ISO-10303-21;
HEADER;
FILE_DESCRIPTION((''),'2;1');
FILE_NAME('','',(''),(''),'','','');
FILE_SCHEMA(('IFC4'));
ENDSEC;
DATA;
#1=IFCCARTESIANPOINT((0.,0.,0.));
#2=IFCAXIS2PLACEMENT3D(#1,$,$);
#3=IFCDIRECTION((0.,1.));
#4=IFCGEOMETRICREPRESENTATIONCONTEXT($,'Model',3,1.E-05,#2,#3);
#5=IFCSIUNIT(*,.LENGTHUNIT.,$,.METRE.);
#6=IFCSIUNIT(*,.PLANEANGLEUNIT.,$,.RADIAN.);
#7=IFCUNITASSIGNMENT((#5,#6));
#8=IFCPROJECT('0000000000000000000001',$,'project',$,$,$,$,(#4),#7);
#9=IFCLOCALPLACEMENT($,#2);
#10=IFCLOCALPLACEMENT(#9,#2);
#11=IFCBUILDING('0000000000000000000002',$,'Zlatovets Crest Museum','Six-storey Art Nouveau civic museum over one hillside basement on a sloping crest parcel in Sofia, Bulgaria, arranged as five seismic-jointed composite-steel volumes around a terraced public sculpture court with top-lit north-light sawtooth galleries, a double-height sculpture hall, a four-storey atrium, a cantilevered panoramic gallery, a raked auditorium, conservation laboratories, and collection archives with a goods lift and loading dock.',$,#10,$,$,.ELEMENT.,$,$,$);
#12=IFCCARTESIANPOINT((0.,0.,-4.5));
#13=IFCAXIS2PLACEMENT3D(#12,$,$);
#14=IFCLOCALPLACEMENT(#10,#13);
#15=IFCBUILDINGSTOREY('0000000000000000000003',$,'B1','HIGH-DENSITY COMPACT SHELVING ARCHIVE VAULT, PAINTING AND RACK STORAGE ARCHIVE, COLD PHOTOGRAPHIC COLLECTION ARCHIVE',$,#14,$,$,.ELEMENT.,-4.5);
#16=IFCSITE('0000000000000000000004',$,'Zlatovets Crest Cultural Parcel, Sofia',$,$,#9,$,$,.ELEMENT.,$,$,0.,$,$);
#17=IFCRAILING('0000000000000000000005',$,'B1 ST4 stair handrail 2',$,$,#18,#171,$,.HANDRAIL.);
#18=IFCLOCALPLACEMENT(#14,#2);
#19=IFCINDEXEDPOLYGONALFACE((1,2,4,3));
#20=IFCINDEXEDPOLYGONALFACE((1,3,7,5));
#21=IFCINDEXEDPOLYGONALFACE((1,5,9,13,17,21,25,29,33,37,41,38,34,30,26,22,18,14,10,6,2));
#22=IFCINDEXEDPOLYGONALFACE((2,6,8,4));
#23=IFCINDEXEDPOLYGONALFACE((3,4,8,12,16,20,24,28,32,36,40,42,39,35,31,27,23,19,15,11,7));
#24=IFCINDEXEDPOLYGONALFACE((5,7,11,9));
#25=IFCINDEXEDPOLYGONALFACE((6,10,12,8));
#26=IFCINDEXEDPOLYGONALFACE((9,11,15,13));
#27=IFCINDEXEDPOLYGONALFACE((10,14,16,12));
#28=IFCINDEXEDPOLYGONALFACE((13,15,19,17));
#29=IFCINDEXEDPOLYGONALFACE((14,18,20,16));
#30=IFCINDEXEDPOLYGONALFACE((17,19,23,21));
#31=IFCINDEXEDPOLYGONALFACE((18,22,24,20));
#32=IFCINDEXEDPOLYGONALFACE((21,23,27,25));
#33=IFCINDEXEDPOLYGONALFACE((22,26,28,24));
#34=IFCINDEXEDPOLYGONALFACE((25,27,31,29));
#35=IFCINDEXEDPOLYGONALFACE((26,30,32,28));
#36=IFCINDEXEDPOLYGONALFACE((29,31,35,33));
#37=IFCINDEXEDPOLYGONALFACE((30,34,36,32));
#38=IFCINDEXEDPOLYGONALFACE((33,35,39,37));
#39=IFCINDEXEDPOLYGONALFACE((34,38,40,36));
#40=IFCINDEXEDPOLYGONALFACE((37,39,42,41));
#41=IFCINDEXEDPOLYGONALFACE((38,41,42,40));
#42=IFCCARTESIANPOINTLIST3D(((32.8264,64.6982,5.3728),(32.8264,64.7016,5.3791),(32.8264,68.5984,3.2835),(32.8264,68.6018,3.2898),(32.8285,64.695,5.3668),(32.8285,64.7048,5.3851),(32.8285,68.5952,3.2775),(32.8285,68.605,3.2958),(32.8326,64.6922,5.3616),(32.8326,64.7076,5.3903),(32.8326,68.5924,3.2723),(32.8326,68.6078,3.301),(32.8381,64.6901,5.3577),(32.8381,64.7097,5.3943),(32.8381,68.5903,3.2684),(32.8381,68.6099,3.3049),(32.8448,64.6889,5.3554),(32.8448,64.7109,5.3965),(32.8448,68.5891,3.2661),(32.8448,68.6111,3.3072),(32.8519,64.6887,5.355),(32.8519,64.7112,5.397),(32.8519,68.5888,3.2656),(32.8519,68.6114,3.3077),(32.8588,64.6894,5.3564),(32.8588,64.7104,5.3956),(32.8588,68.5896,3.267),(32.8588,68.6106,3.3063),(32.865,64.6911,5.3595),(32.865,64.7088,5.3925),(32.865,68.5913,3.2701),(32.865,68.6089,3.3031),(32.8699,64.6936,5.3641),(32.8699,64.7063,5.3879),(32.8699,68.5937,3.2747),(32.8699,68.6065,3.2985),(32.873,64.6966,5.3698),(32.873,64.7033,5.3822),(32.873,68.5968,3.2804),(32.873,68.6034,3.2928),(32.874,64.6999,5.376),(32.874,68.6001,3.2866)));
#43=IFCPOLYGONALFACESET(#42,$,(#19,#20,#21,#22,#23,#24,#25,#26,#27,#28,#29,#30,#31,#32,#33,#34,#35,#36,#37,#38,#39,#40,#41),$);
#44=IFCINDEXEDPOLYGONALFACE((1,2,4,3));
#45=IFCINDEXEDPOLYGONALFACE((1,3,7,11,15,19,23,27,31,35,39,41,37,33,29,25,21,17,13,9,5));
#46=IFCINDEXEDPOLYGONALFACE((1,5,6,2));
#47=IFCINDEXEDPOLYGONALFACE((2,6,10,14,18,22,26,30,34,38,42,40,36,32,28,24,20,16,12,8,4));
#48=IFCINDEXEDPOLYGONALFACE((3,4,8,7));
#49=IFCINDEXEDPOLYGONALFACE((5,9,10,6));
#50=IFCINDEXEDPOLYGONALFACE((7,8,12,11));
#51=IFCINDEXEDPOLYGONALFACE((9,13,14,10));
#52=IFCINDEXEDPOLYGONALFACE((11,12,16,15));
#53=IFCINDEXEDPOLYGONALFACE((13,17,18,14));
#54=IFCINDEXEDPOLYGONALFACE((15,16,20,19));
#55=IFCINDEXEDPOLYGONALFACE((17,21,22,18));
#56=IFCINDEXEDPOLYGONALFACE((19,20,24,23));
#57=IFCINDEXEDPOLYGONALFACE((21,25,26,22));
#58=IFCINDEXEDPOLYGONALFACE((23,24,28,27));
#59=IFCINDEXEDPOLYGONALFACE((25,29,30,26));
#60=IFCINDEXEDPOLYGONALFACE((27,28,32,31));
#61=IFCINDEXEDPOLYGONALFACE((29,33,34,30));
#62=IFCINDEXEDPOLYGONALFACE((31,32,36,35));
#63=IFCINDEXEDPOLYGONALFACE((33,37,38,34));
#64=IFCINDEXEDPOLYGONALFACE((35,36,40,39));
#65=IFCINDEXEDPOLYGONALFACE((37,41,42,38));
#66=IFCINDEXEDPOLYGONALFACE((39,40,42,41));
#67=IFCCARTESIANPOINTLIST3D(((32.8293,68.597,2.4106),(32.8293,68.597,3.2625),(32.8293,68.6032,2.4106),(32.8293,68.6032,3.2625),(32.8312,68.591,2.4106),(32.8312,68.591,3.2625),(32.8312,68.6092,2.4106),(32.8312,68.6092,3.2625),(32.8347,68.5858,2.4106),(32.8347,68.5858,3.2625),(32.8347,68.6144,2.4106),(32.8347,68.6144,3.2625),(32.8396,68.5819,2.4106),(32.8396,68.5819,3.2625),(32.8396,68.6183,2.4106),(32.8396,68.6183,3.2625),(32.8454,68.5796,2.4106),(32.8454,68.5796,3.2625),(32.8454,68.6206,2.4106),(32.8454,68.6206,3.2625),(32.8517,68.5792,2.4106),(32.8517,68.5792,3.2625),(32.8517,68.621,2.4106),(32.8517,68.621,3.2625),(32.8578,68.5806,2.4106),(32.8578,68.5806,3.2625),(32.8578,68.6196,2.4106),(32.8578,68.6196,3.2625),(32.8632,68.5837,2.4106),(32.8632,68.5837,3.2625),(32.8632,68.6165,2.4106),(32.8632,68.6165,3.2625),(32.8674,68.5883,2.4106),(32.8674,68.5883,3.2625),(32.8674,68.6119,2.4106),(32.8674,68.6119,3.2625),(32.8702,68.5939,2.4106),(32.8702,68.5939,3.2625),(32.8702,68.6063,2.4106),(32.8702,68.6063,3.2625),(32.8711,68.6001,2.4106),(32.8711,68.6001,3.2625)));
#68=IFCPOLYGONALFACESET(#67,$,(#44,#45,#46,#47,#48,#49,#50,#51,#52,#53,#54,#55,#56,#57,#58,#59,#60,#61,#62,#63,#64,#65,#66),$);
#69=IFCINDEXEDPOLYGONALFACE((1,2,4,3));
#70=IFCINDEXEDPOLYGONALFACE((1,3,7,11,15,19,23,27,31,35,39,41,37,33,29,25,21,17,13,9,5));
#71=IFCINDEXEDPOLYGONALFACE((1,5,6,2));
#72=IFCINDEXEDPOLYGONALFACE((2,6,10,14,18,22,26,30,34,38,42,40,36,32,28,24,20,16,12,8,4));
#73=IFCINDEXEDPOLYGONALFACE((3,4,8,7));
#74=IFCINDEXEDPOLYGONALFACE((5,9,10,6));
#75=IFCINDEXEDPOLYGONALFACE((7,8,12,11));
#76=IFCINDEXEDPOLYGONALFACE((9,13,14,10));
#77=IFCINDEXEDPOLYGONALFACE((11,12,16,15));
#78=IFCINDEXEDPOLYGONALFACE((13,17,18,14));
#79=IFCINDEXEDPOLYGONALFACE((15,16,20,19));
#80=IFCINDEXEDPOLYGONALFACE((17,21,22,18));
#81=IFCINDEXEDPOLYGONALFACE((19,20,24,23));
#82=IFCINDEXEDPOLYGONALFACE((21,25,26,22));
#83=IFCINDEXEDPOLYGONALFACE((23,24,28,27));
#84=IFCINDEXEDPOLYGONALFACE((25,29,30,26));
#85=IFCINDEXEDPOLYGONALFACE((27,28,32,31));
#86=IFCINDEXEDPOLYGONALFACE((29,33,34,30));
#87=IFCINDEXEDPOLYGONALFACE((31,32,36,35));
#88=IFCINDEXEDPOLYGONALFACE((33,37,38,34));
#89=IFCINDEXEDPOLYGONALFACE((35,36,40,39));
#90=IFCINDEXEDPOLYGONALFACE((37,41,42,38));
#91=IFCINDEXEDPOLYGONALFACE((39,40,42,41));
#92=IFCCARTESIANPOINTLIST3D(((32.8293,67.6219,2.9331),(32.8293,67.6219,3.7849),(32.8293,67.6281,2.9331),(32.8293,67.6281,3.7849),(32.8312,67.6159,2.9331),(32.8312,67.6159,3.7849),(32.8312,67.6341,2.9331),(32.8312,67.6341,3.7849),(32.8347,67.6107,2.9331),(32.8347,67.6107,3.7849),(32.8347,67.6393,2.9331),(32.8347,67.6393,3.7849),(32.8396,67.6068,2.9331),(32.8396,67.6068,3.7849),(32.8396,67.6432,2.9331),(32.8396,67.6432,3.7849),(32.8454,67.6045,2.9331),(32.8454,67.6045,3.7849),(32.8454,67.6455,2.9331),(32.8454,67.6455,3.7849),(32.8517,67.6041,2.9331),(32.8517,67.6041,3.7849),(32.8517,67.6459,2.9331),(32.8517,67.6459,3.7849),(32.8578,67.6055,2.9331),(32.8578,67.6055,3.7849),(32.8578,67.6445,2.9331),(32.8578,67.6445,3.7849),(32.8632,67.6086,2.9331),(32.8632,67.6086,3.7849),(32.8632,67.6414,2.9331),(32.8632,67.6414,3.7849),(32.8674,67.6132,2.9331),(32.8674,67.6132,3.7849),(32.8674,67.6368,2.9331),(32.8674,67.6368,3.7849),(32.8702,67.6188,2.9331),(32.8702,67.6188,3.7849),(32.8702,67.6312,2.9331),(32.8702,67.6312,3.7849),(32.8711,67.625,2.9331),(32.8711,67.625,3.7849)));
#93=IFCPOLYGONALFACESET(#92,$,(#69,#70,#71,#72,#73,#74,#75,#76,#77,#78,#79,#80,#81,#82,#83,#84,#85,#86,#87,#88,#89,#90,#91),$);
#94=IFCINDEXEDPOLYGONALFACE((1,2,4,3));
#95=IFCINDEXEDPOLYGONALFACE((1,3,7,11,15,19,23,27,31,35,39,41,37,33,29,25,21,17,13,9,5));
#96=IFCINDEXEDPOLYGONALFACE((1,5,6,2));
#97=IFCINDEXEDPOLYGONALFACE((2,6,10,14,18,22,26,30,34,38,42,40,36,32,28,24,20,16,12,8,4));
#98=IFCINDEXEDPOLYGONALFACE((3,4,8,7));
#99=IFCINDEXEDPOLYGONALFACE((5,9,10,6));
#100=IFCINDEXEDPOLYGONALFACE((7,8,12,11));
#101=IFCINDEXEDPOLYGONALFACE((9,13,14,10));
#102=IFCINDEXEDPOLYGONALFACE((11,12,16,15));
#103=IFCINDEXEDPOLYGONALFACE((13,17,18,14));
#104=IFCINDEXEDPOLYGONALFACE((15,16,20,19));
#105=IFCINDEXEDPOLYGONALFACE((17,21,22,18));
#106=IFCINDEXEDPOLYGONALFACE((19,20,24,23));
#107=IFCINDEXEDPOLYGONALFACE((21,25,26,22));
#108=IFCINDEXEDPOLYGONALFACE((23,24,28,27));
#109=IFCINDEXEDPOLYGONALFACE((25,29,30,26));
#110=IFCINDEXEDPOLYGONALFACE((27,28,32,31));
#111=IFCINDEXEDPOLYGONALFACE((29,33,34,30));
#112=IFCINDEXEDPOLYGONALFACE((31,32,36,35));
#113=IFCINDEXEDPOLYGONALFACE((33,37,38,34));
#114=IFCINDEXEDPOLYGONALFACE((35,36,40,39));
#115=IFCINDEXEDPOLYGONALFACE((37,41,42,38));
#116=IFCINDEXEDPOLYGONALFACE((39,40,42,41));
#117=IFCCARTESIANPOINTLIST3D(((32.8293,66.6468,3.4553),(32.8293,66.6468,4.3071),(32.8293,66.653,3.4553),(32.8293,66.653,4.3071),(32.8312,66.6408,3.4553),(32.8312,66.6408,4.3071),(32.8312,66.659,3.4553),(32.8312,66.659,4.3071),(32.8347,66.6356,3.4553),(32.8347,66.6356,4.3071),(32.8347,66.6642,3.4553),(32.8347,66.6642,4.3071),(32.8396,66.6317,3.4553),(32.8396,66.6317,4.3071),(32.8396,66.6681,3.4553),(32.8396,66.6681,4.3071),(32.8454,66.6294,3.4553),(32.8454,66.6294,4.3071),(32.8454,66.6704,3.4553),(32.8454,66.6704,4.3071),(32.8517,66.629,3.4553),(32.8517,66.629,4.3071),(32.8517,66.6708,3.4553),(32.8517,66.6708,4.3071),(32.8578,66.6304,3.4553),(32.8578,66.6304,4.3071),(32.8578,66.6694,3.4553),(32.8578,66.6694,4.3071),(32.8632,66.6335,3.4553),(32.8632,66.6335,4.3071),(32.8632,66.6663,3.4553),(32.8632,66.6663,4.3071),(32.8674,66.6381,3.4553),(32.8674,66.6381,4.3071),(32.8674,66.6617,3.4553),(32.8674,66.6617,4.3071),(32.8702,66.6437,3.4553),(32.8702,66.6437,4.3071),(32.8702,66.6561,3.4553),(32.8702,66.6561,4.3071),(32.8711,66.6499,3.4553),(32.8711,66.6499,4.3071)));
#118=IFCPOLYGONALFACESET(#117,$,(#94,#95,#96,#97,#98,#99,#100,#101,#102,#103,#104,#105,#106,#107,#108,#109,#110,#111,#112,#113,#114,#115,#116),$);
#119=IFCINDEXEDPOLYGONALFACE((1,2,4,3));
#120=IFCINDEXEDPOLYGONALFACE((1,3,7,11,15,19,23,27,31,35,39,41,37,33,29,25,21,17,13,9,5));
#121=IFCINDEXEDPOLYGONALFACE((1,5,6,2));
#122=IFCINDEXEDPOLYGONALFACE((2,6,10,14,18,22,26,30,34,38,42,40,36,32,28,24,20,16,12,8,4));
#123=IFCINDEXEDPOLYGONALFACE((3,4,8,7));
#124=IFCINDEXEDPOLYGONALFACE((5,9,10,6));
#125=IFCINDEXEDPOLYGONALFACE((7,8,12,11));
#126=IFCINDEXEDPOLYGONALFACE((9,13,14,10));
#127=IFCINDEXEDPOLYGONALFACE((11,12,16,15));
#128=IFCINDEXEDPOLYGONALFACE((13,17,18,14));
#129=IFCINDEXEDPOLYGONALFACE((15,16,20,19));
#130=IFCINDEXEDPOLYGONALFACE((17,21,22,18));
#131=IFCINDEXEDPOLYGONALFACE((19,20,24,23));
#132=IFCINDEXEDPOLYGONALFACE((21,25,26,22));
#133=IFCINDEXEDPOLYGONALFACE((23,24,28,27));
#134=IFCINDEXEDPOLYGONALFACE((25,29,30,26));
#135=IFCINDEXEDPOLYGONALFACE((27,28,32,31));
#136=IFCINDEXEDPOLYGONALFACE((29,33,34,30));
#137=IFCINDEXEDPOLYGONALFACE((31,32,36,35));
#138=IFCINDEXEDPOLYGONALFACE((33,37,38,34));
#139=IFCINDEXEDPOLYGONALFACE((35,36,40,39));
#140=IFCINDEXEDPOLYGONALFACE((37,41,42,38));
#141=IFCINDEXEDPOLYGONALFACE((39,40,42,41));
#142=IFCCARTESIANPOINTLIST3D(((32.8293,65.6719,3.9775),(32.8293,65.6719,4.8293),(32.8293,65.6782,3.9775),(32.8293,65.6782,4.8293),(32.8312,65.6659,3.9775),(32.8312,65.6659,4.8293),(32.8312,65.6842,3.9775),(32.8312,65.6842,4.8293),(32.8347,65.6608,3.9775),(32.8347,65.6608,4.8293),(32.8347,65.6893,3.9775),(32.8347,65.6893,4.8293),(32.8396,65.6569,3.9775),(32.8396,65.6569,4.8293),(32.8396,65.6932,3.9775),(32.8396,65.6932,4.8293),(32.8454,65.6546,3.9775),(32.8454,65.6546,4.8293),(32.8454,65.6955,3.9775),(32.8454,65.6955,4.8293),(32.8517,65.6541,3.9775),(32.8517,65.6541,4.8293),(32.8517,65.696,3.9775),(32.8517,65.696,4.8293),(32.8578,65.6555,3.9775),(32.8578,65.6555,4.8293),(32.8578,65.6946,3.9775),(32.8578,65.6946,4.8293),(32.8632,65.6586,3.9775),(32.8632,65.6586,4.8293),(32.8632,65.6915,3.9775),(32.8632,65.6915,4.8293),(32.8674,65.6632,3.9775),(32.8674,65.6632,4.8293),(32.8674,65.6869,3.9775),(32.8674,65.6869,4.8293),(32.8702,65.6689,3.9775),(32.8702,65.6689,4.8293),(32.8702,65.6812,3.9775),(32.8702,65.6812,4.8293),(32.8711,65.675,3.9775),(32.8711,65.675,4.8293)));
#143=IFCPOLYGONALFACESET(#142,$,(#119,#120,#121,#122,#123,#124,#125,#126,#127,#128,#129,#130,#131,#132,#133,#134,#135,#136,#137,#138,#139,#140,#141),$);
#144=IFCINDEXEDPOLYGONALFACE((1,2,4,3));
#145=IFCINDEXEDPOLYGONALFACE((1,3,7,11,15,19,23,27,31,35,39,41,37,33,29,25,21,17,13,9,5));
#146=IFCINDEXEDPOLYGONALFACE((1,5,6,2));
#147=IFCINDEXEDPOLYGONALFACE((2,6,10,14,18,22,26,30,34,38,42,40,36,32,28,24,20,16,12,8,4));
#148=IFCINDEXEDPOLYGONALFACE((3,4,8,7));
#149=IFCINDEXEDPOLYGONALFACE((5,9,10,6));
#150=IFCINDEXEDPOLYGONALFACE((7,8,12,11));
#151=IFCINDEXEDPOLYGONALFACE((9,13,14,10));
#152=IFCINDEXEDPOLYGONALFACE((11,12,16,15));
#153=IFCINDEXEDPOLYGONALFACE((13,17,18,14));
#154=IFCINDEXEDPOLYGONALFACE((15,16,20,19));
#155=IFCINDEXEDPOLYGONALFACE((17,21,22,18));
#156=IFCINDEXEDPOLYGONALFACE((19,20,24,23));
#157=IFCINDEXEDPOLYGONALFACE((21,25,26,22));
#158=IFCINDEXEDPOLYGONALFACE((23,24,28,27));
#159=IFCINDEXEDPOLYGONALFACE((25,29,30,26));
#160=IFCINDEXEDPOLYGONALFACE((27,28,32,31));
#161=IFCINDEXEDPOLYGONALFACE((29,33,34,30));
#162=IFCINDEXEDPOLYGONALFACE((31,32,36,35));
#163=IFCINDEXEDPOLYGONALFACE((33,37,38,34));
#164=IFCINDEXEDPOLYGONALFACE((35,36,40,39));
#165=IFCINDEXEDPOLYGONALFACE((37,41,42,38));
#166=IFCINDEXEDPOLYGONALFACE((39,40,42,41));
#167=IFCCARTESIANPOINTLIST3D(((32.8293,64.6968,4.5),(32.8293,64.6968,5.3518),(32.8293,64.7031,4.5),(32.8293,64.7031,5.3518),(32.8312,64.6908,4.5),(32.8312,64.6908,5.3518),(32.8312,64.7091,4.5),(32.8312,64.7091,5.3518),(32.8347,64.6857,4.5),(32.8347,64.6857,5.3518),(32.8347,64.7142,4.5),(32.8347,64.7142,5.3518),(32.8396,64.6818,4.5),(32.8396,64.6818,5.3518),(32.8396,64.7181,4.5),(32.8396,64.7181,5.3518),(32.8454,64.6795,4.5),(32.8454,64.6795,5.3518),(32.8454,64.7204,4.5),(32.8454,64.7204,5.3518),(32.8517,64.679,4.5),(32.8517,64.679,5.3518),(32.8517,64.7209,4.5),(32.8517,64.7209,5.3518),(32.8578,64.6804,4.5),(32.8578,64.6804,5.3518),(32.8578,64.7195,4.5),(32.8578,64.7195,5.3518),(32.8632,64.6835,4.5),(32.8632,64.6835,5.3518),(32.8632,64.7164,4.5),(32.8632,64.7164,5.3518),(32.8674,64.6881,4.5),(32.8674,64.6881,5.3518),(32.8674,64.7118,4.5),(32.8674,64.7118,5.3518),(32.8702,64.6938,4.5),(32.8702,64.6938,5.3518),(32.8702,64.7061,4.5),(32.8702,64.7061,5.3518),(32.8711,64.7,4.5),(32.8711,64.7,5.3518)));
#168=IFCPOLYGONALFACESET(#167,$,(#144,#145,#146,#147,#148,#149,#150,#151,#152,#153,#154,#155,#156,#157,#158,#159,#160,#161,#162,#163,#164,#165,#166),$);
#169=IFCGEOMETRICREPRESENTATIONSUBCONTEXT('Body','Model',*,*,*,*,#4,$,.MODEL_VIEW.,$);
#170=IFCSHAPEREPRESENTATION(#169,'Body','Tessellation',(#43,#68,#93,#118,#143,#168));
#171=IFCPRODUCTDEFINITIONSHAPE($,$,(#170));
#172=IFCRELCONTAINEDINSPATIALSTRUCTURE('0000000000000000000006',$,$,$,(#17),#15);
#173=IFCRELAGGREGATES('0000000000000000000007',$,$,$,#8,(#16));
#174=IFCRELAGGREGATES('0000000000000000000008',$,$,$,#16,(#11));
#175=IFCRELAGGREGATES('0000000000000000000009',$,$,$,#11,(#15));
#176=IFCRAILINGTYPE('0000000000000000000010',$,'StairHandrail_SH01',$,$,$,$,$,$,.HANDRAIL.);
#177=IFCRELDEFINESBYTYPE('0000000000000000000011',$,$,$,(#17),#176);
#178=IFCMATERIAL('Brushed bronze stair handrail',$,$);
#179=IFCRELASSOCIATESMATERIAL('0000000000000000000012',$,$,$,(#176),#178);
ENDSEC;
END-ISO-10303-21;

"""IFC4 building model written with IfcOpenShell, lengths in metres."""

from ifc_helpers import new_model, si_unit, direction, frame, origin, origin_2d, place, context, subcontext, project, spatial, circle, extrude, material, type_object, element, save


model = new_model("IFC4")

# Units and contexts
model_context = context("Model", 3, precision=1e-05, world=origin(), true_north=direction((0.0, 1.0)))
body_context = subcontext(model_context, "Body", "Model", "MODEL_VIEW")
ifc_project = project(units=[si_unit("LENGTHUNIT", "METRE"), si_unit("PLANEANGLEUNIT", "RADIAN")], contexts=[model_context])

# Site, building, storey
site_placement = place(None, origin())
site = spatial("IfcSite", under=ifc_project, at=site_placement, Name="Zlatovets Crest Cultural Parcel, Sofia", CompositionType="ELEMENT", RefElevation=0.0)
building_placement = place(site_placement, origin())
building = spatial("IfcBuilding", under=site, at=building_placement, Name="Zlatovets Crest Museum", Description="Six-storey Art Nouveau civic museum over one hillside basement on a sloping crest parcel in Sofia, Bulgaria, arranged as five seismic-jointed composite-steel volumes around a terraced public sculpture court with top-lit north-light sawtooth galleries, a double-height sculpture hall, a four-storey atrium, a cantilevered panoramic gallery, a raked auditorium, conservation laboratories, and collection archives with a goods lift and loading dock.", CompositionType="ELEMENT")
storey_placement = place(building_placement, frame((0.0, 0.0, -4.5)))
storey = spatial("IfcBuildingStorey", under=building, at=storey_placement, Name="B1", Description="HIGH-DENSITY COMPACT SHELVING ARCHIVE VAULT, PAINTING AND RACK STORAGE ARCHIVE, COLD PHOTOGRAPHIC COLLECTION ARCHIVE", CompositionType="ELEMENT", Elevation=-4.5)

# Railing
ifc_material_1 = material(Name="Brushed bronze stair handrail")
railing_type_1 = type_object("IfcRailingType", Name="StairHandrail_SH01", PredefinedType="HANDRAIL", material=ifc_material_1)
railing_1_placement = place(storey_placement, frame((32.8501, 68.6001, 2.4106)))
element("IfcRailing", 1, at=railing_1_placement, inside=storey, type_object=railing_type_1, Name="B1 ST4 stair handrail 2", PredefinedType="HANDRAIL", context=body_context, shape_type="SweptSolid", body=[
    extrude(circle(Radius=0.0239, at=origin_2d()), frame((0.0, 0.0, 0.876), z_axis=(0.0, -0.881481, 0.47222), x_axis=(1.0, 0.0, 0.0)), (0.0, 0.0, 1.0), 4.4246),
    extrude(circle(Radius=0.021, at=origin_2d()), origin(), (0.0, 0.0, 1.0), 0.8518),
    extrude(circle(Radius=0.021, at=origin_2d()), frame((0.0, -0.9751, 0.5225)), (0.0, 0.0, 1.0), 0.8518),
    extrude(circle(Radius=0.021, at=origin_2d()), frame((0.0, -1.9502, 1.0447)), (0.0, 0.0, 1.0), 0.8518),
    extrude(circle(Radius=0.021, at=origin_2d()), frame((0.0, -2.925, 1.5669)), (0.0, 0.0, 1.0), 0.8518),
    extrude(circle(Radius=0.021, at=origin_2d()), frame((0.0, -3.9001, 2.0894)), (0.0, 0.0, 1.0), 0.8518),
])

save(model, "model.ifc")
